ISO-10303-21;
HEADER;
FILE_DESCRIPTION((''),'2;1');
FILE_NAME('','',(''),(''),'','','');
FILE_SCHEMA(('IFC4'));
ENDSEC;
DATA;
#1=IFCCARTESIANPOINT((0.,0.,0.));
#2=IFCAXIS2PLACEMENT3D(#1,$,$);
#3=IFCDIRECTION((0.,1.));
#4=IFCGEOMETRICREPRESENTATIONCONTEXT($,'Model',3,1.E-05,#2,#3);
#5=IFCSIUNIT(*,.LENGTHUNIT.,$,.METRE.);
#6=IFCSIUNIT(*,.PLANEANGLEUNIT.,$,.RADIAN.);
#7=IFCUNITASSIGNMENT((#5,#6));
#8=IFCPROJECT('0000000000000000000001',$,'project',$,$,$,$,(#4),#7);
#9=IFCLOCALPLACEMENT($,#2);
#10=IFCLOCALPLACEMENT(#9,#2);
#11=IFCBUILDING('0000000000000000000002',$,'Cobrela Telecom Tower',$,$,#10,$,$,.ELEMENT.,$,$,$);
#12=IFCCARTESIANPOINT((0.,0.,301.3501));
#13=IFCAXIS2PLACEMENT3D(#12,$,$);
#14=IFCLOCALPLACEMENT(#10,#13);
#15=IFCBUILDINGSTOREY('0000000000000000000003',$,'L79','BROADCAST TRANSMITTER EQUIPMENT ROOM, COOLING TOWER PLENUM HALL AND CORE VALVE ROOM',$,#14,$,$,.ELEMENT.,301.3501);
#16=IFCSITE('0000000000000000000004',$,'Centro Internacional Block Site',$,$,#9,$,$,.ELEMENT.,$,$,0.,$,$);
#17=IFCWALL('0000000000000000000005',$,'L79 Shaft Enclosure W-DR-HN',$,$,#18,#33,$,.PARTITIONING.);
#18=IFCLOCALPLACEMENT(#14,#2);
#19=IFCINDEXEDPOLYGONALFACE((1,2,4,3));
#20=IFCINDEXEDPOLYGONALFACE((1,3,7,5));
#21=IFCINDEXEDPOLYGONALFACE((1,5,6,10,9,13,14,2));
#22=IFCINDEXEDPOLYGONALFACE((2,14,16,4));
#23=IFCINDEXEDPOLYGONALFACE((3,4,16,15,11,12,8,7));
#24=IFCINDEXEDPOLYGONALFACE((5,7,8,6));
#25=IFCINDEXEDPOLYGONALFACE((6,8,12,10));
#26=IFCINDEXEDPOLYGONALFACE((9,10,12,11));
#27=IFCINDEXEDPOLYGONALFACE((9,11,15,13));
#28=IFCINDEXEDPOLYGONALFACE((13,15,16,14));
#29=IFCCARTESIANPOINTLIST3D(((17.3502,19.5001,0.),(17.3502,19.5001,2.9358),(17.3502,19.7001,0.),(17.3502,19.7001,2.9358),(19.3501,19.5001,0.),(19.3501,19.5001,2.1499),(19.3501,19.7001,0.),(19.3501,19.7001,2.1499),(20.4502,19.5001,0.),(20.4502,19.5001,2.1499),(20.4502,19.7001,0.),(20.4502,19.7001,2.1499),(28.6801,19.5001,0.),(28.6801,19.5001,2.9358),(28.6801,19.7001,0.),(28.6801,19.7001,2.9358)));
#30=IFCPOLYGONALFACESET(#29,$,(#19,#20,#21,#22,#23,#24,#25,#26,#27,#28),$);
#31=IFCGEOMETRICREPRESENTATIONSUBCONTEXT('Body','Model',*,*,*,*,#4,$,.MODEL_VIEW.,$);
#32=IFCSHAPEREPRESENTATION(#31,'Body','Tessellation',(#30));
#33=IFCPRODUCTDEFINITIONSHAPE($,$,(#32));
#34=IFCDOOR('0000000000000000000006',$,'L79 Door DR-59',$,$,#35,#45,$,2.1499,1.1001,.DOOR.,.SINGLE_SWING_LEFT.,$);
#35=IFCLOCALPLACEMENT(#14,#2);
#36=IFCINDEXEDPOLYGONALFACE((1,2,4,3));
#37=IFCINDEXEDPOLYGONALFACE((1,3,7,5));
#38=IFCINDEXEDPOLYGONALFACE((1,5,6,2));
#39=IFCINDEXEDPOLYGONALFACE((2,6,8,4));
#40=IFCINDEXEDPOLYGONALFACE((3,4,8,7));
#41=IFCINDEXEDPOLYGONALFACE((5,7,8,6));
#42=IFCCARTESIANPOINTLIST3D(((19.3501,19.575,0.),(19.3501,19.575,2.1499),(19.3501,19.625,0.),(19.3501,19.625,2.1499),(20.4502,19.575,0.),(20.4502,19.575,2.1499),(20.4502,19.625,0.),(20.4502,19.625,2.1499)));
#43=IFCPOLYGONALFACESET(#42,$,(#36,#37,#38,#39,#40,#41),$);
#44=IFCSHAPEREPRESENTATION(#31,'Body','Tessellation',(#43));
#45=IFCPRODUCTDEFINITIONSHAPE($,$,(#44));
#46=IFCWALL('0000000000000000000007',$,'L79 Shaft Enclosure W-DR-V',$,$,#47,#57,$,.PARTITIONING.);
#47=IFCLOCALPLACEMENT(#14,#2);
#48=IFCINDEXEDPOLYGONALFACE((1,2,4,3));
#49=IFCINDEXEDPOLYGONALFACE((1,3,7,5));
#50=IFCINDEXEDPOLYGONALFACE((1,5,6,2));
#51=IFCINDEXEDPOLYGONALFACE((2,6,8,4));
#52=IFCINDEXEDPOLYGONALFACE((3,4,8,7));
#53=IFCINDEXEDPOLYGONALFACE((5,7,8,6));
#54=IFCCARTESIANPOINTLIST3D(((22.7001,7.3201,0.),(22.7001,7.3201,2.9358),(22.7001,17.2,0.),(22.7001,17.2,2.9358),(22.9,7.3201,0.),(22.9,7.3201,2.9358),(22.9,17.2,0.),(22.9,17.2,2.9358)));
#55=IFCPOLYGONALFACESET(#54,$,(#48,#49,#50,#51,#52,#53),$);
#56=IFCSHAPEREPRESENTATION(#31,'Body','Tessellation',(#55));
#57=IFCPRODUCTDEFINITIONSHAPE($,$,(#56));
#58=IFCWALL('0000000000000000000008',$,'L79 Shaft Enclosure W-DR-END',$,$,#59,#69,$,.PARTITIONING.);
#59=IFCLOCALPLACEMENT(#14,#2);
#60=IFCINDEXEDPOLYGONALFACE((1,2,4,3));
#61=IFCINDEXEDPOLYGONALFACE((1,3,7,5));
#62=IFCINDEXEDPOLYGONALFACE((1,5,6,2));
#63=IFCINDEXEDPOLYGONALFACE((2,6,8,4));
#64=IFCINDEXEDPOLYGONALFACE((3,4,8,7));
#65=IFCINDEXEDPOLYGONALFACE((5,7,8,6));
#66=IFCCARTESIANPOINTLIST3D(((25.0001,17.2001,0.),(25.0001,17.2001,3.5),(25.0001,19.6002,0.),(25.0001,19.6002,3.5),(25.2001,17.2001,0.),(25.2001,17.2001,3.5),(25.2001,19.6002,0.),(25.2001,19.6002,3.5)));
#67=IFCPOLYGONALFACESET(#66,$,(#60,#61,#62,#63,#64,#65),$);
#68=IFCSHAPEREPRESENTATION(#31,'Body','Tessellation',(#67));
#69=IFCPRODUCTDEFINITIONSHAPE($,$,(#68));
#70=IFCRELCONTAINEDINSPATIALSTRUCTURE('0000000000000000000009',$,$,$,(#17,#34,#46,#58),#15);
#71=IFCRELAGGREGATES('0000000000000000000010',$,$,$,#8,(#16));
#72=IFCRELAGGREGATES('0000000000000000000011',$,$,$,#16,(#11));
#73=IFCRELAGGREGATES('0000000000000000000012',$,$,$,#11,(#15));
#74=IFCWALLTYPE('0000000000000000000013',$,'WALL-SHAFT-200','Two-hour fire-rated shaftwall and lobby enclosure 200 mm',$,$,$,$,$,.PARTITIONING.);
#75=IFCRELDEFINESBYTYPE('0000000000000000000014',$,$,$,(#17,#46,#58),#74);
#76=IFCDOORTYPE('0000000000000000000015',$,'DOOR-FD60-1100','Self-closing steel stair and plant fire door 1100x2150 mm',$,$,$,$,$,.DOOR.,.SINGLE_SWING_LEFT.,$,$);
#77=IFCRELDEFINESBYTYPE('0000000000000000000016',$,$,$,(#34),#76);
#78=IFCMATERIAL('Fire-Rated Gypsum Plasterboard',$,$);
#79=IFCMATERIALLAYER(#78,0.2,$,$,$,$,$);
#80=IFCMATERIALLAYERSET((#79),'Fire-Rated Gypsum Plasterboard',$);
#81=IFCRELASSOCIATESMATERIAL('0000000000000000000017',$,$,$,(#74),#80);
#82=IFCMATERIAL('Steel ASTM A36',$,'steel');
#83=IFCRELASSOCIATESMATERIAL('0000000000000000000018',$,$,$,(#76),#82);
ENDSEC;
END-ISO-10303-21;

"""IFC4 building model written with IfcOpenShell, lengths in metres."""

from ifc_helpers import new_model, si_unit, direction, frame, frame_2d, origin, place, context, subcontext, project, spatial, rectangle, extrude, material, layer, layer_set, type_object, element, fill, save


model = new_model("IFC4")

# Units and contexts
model_context = context("Model", 3, precision=1e-05, world=origin(), true_north=direction((0.0, 1.0)))
body_context = subcontext(model_context, "Body", "Model", "MODEL_VIEW")
ifc_project = project(units=[si_unit("LENGTHUNIT", "METRE"), si_unit("PLANEANGLEUNIT", "RADIAN")], contexts=[model_context])

# Site, building, storey
site_placement = place(None, origin())
site = spatial("IfcSite", under=ifc_project, at=site_placement, Name="Centro Internacional Block Site", CompositionType="ELEMENT", RefElevation=0.0)
building_placement = place(site_placement, origin())
building = spatial("IfcBuilding", under=site, at=building_placement, Name="Cobrela Telecom Tower", CompositionType="ELEMENT")
storey_placement = place(building_placement, frame((0.0, 0.0, 301.3501)))
storey = spatial("IfcBuildingStorey", under=building, at=storey_placement, Name="L79", Description="BROADCAST TRANSMITTER EQUIPMENT ROOM, COOLING TOWER PLENUM HALL AND CORE VALVE ROOM", CompositionType="ELEMENT", Elevation=301.3501)

# Wall, opening, door
ifc_material_1 = material(Name="Fire-Rated Gypsum Plasterboard")
ifc_layer_1 = layer(ifc_material_1, 0.2)
ifc_layer_set_1 = layer_set([ifc_layer_1], Name="Fire-Rated Gypsum Plasterboard")
wall_type_1 = type_object("IfcWallType", Name="WALL-SHAFT-200", Description="Two-hour fire-rated shaftwall and lobby enclosure 200 mm", PredefinedType="PARTITIONING", material=ifc_layer_set_1)
ifc_material_2 = material(Name="Steel ASTM A36", Category="steel")
wall_1_placement = place(storey_placement, frame((17.3501, 19.6001, 0.0), z_axis=(0.0, 0.0, 1.0), x_axis=(1.0, 0.0, 0.0)))
wall_1 = element("IfcWall", 1, at=wall_1_placement, inside=storey, type_object=wall_type_1, Name="L79 Shaft Enclosure W-DR-HN", PredefinedType="PARTITIONING", context=body_context, shape_type="SweptSolid", body=[
    extrude(rectangle(XDim=11.3298, YDim=0.2, at=frame_2d((5.665, 0.0))), origin(), (0.0, 0.0, 1.0), 2.9358),
])
opening_1_placement = place(wall_1_placement, frame((2.0, 0.0, 0.0)))
opening_1 = element("IfcOpeningElement", 2, at=opening_1_placement, cuts=wall_1, PredefinedType="OPENING", context=body_context, shape_type="SweptSolid", body=[
    extrude(rectangle(XDim=1.1001, YDim=2.1499, at=frame_2d((0.55, 1.075))), frame((0.0, 0.1118, 0.0), z_axis=(0.0, -1.0, 0.0), x_axis=(1.0, 0.0, 0.0)), (0.0, 0.0, 1.0), 0.2239),
])
door_type_1 = type_object("IfcDoorType", Name="DOOR-FD60-1100", Description="Self-closing steel stair and plant fire door 1100x2150 mm", OperationType="SINGLE_SWING_LEFT", PredefinedType="DOOR", material=ifc_material_2)
door_1_placement = place(opening_1_placement, origin())
door_1 = element("IfcDoor", 3, at=door_1_placement, inside=storey, type_object=door_type_1, Name="L79 Door DR-59", OperationType="SINGLE_SWING_LEFT", OverallHeight=2.1499, OverallWidth=1.1001, PredefinedType="DOOR", context=body_context, shape_type="SweptSolid", body=[
    extrude(rectangle(XDim=1.1001, YDim=2.1499, at=frame_2d((0.55, 1.075))), frame((0.0, 0.0249, 0.0), z_axis=(0.0, -1.0, 0.0), x_axis=(1.0, 0.0, 0.0)), (0.0, 0.0, 1.0), 0.05),
])
fill(opening_1, door_1)

# Walls
wall_2_placement = place(storey_placement, frame((22.8, 7.3201, 0.0), z_axis=(0.0, 0.0, 1.0), x_axis=(0.0, 1.0, 0.0)))
element("IfcWall", 4, at=wall_2_placement, inside=storey, type_object=wall_type_1, Name="L79 Shaft Enclosure W-DR-V", PredefinedType="PARTITIONING", context=body_context, shape_type="SweptSolid", body=[
    extrude(rectangle(XDim=9.8799, YDim=0.2, at=frame_2d((4.9399, 0.0))), origin(), (0.0, 0.0, 1.0), 2.9358),
])
wall_3_placement = place(storey_placement, frame((25.1001, 17.2, 0.0), z_axis=(0.0, 0.0, 1.0), x_axis=(0.0, 1.0, 0.0)))
element("IfcWall", 5, at=wall_3_placement, inside=storey, type_object=wall_type_1, Name="L79 Shaft Enclosure W-DR-END", PredefinedType="PARTITIONING", context=body_context, shape_type="SweptSolid", body=[
    extrude(rectangle(XDim=2.4001, YDim=0.2, at=frame_2d((1.2002, 0.0))), origin(), (0.0, 0.0, 1.0), 3.5),
])

save(model, "model.ifc")
